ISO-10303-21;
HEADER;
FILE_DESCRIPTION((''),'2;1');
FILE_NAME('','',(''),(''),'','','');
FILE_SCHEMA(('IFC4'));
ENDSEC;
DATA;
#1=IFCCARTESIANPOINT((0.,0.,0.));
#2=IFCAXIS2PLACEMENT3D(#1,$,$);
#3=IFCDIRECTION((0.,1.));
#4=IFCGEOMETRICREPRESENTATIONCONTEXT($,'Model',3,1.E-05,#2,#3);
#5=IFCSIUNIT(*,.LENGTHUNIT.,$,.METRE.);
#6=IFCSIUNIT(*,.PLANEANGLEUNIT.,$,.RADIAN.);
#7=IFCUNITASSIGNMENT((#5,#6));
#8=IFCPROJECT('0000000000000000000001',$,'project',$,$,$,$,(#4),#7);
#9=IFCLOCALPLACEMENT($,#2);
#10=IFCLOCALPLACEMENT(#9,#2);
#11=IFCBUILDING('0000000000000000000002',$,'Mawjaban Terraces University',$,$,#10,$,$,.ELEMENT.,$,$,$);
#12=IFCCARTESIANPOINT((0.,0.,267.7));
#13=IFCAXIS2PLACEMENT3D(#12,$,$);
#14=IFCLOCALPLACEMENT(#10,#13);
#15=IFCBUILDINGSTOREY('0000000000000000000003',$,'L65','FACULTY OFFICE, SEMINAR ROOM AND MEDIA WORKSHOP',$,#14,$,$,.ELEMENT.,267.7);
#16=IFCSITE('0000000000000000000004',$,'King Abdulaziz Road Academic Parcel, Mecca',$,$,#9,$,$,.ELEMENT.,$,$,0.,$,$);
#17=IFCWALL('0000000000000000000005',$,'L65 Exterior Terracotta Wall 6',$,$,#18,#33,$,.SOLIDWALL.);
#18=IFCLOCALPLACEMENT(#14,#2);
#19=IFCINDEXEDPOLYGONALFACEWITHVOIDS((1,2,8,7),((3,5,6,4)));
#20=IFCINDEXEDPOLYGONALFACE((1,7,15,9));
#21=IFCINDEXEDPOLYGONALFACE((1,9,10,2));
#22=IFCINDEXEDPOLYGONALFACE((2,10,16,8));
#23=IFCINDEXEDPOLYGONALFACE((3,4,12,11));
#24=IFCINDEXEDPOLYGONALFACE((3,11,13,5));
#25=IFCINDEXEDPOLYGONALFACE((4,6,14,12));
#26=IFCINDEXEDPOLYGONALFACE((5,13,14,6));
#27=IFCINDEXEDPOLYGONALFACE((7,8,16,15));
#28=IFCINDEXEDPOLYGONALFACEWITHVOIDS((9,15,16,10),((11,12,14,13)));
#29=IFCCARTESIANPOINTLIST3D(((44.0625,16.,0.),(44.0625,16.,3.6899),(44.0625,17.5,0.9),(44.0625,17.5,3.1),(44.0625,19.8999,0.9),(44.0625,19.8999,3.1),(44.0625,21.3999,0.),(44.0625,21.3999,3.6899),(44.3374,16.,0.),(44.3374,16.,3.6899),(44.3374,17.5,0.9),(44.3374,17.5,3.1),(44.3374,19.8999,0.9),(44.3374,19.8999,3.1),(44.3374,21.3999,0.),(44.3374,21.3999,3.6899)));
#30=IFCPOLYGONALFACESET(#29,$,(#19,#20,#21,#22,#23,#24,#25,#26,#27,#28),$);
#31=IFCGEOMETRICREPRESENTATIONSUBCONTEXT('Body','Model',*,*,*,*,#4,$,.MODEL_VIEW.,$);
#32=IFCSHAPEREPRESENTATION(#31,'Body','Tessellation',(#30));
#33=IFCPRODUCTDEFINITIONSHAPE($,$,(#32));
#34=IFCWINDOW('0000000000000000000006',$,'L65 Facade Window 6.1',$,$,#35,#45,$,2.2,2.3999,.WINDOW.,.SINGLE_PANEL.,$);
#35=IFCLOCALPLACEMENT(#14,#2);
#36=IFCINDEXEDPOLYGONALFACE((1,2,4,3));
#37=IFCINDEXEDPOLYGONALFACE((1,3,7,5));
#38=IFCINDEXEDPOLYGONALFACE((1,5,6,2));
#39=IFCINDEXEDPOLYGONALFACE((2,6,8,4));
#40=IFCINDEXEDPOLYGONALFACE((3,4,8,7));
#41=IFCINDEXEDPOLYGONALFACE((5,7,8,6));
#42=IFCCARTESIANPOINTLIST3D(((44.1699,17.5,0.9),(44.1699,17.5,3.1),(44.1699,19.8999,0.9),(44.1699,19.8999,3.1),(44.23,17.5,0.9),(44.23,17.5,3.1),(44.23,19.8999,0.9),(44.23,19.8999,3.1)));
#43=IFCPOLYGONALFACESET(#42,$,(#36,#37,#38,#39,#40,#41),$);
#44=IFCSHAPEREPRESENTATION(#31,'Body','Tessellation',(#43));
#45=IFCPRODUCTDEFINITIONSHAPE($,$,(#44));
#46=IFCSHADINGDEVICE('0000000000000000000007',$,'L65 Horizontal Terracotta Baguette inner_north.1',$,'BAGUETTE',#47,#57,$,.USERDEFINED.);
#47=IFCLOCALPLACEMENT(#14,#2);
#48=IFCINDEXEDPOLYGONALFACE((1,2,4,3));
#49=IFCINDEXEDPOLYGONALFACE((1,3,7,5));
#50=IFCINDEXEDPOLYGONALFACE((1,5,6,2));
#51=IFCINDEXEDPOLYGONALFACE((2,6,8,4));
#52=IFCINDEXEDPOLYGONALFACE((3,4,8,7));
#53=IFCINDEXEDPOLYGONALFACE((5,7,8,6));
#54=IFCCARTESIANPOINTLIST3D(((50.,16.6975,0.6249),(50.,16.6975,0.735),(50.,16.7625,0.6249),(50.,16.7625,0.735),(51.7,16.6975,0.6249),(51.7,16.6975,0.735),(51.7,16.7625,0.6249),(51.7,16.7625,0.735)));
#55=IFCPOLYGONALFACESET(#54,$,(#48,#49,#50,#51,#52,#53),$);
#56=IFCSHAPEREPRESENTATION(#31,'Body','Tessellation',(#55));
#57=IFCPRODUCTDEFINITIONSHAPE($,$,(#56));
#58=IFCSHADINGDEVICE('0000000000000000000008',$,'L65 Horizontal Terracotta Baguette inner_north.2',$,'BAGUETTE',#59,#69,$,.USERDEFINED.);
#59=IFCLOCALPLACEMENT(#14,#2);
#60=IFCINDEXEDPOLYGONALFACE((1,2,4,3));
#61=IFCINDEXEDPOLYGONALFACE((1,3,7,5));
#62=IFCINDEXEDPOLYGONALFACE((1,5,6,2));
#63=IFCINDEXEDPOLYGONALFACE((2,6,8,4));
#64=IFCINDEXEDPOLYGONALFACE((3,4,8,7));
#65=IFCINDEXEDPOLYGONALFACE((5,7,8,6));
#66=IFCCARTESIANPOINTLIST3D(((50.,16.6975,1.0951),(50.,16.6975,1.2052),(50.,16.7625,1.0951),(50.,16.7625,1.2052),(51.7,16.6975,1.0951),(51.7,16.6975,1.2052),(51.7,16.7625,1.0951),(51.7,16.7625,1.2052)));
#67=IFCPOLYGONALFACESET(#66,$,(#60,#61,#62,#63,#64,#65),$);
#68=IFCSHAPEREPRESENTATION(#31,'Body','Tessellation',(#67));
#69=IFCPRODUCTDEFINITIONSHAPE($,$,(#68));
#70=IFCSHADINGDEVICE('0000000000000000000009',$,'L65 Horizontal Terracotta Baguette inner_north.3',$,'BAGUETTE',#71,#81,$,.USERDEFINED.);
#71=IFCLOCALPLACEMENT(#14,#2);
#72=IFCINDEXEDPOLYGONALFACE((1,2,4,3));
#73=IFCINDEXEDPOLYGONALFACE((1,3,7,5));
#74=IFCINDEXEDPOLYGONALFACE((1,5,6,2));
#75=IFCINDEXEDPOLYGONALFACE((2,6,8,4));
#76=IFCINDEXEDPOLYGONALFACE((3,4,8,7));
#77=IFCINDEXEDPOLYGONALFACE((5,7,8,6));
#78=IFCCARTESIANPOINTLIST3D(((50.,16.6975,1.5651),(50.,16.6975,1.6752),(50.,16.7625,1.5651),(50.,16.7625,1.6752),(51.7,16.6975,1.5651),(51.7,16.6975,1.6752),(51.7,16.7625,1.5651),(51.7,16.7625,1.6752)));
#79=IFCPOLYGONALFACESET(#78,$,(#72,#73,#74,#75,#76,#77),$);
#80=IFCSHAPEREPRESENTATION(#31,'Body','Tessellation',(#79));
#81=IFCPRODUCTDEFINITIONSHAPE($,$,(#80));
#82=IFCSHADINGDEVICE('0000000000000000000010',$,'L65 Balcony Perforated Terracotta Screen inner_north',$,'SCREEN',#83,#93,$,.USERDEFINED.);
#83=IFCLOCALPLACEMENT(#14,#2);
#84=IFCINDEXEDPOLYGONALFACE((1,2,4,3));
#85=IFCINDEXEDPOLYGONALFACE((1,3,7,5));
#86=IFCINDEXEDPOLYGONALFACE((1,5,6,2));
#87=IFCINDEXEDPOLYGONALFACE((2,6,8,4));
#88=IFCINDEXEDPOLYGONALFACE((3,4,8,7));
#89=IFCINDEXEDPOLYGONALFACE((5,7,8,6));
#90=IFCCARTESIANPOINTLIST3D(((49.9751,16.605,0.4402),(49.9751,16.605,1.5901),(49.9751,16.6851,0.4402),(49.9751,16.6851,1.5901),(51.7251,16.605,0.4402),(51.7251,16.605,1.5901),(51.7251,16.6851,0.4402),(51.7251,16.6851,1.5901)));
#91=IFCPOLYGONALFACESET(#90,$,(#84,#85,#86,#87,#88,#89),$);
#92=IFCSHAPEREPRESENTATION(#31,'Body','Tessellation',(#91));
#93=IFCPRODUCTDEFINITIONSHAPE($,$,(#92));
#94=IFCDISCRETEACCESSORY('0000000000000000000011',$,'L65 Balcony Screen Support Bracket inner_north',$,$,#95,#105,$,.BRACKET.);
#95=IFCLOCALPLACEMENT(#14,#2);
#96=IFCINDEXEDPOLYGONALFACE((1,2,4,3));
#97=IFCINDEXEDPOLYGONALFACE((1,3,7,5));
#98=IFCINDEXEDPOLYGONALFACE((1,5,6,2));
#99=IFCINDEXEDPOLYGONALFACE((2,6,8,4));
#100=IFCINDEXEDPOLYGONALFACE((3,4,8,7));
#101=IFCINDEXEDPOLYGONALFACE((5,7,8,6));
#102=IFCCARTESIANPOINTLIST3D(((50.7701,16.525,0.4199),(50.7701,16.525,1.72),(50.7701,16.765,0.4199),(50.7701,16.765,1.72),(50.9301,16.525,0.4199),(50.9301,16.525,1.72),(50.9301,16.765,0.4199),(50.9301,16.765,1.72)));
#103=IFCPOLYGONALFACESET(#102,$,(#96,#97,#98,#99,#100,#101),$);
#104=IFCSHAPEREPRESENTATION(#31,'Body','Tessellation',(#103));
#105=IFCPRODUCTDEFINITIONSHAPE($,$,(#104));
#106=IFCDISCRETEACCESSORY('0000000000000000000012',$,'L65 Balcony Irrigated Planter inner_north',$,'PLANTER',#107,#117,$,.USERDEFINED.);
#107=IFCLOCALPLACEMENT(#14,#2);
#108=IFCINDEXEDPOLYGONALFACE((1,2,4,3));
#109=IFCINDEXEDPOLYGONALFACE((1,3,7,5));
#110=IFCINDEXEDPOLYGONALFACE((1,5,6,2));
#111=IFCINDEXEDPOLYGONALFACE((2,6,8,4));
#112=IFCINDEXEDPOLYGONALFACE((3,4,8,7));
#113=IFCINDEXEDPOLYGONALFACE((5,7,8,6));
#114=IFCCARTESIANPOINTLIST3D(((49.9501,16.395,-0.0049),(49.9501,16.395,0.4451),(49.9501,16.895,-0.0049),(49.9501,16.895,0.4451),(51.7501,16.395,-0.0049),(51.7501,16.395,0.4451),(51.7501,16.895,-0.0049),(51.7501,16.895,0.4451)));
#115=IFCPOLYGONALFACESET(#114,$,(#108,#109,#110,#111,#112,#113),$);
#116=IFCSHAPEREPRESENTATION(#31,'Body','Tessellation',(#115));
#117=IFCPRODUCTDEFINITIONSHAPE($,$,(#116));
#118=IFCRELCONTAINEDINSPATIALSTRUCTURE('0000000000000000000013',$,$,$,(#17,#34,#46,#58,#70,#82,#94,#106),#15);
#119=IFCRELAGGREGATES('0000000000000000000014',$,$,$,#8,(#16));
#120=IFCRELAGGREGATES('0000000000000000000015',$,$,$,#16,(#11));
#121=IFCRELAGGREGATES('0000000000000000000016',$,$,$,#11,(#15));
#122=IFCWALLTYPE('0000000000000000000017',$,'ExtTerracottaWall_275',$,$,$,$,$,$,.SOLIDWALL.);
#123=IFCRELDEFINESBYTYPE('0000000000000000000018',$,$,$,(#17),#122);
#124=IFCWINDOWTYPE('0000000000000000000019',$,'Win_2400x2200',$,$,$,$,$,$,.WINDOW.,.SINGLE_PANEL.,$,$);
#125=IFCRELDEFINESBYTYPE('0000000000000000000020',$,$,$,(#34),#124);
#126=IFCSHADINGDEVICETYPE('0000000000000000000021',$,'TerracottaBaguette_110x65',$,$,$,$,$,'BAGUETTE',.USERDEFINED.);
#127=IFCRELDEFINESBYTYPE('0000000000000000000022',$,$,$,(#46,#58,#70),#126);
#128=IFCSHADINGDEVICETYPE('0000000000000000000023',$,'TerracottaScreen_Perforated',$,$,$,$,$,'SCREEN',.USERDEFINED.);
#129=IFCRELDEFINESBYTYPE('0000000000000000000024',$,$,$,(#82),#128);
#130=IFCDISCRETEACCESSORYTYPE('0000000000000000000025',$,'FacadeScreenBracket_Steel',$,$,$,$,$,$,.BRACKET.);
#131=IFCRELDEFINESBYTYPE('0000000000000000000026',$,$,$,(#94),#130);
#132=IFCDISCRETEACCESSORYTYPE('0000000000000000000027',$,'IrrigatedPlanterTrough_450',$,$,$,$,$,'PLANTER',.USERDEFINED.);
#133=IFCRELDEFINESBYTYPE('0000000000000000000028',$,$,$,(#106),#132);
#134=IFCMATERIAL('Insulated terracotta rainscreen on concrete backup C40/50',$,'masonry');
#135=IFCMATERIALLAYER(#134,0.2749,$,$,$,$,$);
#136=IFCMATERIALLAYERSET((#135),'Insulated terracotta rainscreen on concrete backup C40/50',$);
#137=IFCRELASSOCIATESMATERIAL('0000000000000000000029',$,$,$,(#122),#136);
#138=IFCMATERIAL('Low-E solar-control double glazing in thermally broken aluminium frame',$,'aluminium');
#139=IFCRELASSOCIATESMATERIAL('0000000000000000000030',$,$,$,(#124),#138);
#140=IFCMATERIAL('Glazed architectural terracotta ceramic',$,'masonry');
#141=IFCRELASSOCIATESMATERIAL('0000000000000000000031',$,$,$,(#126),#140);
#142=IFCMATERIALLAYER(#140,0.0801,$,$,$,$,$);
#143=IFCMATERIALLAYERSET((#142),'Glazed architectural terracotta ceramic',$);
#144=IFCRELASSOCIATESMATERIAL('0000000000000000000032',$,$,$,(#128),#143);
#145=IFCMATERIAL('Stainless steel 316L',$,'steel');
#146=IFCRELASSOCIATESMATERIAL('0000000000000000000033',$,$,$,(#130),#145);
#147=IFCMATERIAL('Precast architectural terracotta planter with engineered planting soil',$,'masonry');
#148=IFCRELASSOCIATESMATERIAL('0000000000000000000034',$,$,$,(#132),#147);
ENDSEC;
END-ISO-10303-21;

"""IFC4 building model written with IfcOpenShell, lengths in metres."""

from ifc_helpers import new_model, si_unit, direction, frame, frame_2d, origin, origin_2d, place, context, subcontext, project, spatial, rectangle, extrude, material, layer, layer_set, material_profile, profile_set, type_object, element, fill, save


model = new_model("IFC4")

# Units and contexts
model_context = context("Model", 3, precision=1e-05, world=origin(), true_north=direction((0.0, 1.0)))
body_context = subcontext(model_context, "Body", "Model", "MODEL_VIEW")
ifc_project = project(units=[si_unit("LENGTHUNIT", "METRE"), si_unit("PLANEANGLEUNIT", "RADIAN")], contexts=[model_context])

# Site, building, storey
site_placement = place(None, origin())
site = spatial("IfcSite", under=ifc_project, at=site_placement, Name="King Abdulaziz Road Academic Parcel, Mecca", CompositionType="ELEMENT", RefElevation=0.0)
building_placement = place(site_placement, origin())
building = spatial("IfcBuilding", under=site, at=building_placement, Name="Mawjaban Terraces University", CompositionType="ELEMENT")
storey_placement = place(building_placement, frame((0.0, 0.0, 267.7)))
storey = spatial("IfcBuildingStorey", under=building, at=storey_placement, Name="L65", Description="FACULTY OFFICE, SEMINAR ROOM AND MEDIA WORKSHOP", CompositionType="ELEMENT", Elevation=267.7)

# Shared definitions
ifc_material_1 = material(Name="Insulated terracotta rainscreen on concrete backup C40/50", Category="masonry")
ifc_layer_1 = layer(ifc_material_1, 0.2749)
ifc_layer_set_1 = layer_set([ifc_layer_1], Name="Insulated terracotta rainscreen on concrete backup C40/50")
wall_type = type_object("IfcWallType", Name="ExtTerracottaWall_275", PredefinedType="SOLIDWALL", material=ifc_layer_set_1)
ifc_material_2 = material(Name="Low-E solar-control double glazing in thermally broken aluminium frame", Category="aluminium")

# Wall, opening, window
wall_1_placement = place(storey_placement, frame((44.2, 16.0, 0.0), z_axis=(0.0, 0.0, 1.0), x_axis=(0.0, 1.0, 0.0)))
wall_1 = element("IfcWall", 1, at=wall_1_placement, inside=storey, type_object=wall_type, Name="L65 Exterior Terracotta Wall 6", PredefinedType="SOLIDWALL", context=body_context, shape_type="SweptSolid", body=[
    extrude(rectangle(XDim=5.3999, YDim=0.2749, at=frame_2d((2.7, 0.0))), origin(), (0.0, 0.0, 1.0), 3.6899),
])
opening_1_placement = place(wall_1_placement, frame((1.5, 0.0, 0.8999)))
opening_1 = element("IfcOpeningElement", 2, at=opening_1_placement, cuts=wall_1, PredefinedType="OPENING", context=body_context, shape_type="SweptSolid", body=[
    extrude(rectangle(XDim=2.3999, YDim=2.2, at=frame_2d((1.2, 1.1001))), frame((0.0, 0.1475, 0.0), z_axis=(0.0, -1.0, 0.0), x_axis=(1.0, 0.0, 0.0)), (0.0, 0.0, 1.0), 0.2949),
])
window_type_1 = type_object("IfcWindowType", Name="Win_2400x2200", PartitioningType="SINGLE_PANEL", PredefinedType="WINDOW", material=ifc_material_2)
window_1_placement = place(opening_1_placement, origin())
window_1 = element("IfcWindow", 3, at=window_1_placement, inside=storey, type_object=window_type_1, Name="L65 Facade Window 6.1", OverallHeight=2.2, OverallWidth=2.3999, PartitioningType="SINGLE_PANEL", PredefinedType="WINDOW", context=body_context, shape_type="SweptSolid", body=[
    extrude(rectangle(XDim=2.3999, YDim=2.2, at=frame_2d((1.2, 1.1001))), frame((0.0, 0.03, 0.0), z_axis=(0.0, -1.0, 0.0), x_axis=(1.0, 0.0, 0.0)), (0.0, 0.0, 1.0), 0.0601),
])
fill(opening_1, window_1)

# Shading devices
ifc_material_3 = material(Name="Glazed architectural terracotta ceramic", Category="masonry")
ifc_material_profile_1 = material_profile(ifc_material_3, rectangle(XDim=0.0649, YDim=0.1101, at=origin_2d()), Name="TBAG110X65")
ifc_profile_set_1 = profile_set([ifc_material_profile_1], Name="Glazed architectural terracotta ceramic")
shading_device_type_1 = type_object("IfcShadingDeviceType", Name="TerracottaBaguette_110x65", ElementType="BAGUETTE", PredefinedType="USERDEFINED", material=ifc_profile_set_1)
for number, where, z_axis, x_axis, name in (
    (4, (50.0, 16.73, 0.6799), (1.0, 0.0, 0.0), (0.0, 1.0, 0.0), "L65 Horizontal Terracotta Baguette inner_north.1"),
    (5, (50.0, 16.73, 1.1501), (1.0, 0.0, 0.0), (0.0, 1.0, 0.0), "L65 Horizontal Terracotta Baguette inner_north.2"),
    (6, (50.0, 16.73, 1.6201), (1.0, 0.0, 0.0), (0.0, 1.0, 0.0), "L65 Horizontal Terracotta Baguette inner_north.3"),
):
    element("IfcShadingDevice", number, at=place(storey_placement, frame(where, z_axis=z_axis, x_axis=x_axis)), inside=storey, type_object=shading_device_type_1, Name=name, ObjectType="BAGUETTE", PredefinedType="USERDEFINED", context=body_context, shape_type="SweptSolid", body=[
        extrude(rectangle(XDim=0.0649, YDim=0.1101, at=origin_2d()), origin(), (0.0, 0.0, 1.0), 1.7),
    ])
ifc_layer_2 = layer(ifc_material_3, 0.0801)
ifc_layer_set_2 = layer_set([ifc_layer_2], Name="Glazed architectural terracotta ceramic")
shading_device_type_2 = type_object("IfcShadingDeviceType", Name="TerracottaScreen_Perforated", ElementType="SCREEN", PredefinedType="USERDEFINED", material=ifc_layer_set_2)
shading_device_placement = place(storey_placement, frame((50.8501, 16.645, 0.4402), z_axis=(0.0, 0.0, 1.0), x_axis=(1.0, 0.0, 0.0)))
element("IfcShadingDevice", 7, at=shading_device_placement, inside=storey, type_object=shading_device_type_2, Name="L65 Balcony Perforated Terracotta Screen inner_north", ObjectType="SCREEN", PredefinedType="USERDEFINED", context=body_context, shape_type="SweptSolid", body=[
    extrude(rectangle(XDim=1.75, YDim=0.0801, at=origin_2d()), origin(), (0.0, 0.0, 1.0), 1.1499),
])

# Discrete accessories
ifc_material_4 = material(Name="Stainless steel 316L", Category="steel")
discrete_accessory_type_1 = type_object("IfcDiscreteAccessoryType", Name="FacadeScreenBracket_Steel", PredefinedType="BRACKET", material=ifc_material_4)
discrete_accessory_1_placement = place(storey_placement, frame((50.8501, 16.645, 0.4199), z_axis=(0.0, 0.0, 1.0), x_axis=(1.0, 0.0, 0.0)))
element("IfcDiscreteAccessory", 8, at=discrete_accessory_1_placement, inside=storey, type_object=discrete_accessory_type_1, Name="L65 Balcony Screen Support Bracket inner_north", PredefinedType="BRACKET", context=body_context, shape_type="SweptSolid", body=[
    extrude(rectangle(XDim=0.1599, YDim=0.24, at=origin_2d()), origin(), (0.0, 0.0, 1.0), 1.3),
])
ifc_material_5 = material(Name="Precast architectural terracotta planter with engineered planting soil", Category="masonry")
discrete_accessory_type_2 = type_object("IfcDiscreteAccessoryType", Name="IrrigatedPlanterTrough_450", ElementType="PLANTER", PredefinedType="USERDEFINED", material=ifc_material_5)
discrete_accessory_2_placement = place(storey_placement, frame((50.8501, 16.645, -0.0049), z_axis=(0.0, 0.0, 1.0), x_axis=(1.0, 0.0, 0.0)))
element("IfcDiscreteAccessory", 9, at=discrete_accessory_2_placement, inside=storey, type_object=discrete_accessory_type_2, Name="L65 Balcony Irrigated Planter inner_north", ObjectType="PLANTER", PredefinedType="USERDEFINED", context=body_context, shape_type="SweptSolid", body=[
    extrude(rectangle(XDim=1.8, YDim=0.5, at=origin_2d()), origin(), (0.0, 0.0, 1.0), 0.45),
])

save(model, "model.ifc")
